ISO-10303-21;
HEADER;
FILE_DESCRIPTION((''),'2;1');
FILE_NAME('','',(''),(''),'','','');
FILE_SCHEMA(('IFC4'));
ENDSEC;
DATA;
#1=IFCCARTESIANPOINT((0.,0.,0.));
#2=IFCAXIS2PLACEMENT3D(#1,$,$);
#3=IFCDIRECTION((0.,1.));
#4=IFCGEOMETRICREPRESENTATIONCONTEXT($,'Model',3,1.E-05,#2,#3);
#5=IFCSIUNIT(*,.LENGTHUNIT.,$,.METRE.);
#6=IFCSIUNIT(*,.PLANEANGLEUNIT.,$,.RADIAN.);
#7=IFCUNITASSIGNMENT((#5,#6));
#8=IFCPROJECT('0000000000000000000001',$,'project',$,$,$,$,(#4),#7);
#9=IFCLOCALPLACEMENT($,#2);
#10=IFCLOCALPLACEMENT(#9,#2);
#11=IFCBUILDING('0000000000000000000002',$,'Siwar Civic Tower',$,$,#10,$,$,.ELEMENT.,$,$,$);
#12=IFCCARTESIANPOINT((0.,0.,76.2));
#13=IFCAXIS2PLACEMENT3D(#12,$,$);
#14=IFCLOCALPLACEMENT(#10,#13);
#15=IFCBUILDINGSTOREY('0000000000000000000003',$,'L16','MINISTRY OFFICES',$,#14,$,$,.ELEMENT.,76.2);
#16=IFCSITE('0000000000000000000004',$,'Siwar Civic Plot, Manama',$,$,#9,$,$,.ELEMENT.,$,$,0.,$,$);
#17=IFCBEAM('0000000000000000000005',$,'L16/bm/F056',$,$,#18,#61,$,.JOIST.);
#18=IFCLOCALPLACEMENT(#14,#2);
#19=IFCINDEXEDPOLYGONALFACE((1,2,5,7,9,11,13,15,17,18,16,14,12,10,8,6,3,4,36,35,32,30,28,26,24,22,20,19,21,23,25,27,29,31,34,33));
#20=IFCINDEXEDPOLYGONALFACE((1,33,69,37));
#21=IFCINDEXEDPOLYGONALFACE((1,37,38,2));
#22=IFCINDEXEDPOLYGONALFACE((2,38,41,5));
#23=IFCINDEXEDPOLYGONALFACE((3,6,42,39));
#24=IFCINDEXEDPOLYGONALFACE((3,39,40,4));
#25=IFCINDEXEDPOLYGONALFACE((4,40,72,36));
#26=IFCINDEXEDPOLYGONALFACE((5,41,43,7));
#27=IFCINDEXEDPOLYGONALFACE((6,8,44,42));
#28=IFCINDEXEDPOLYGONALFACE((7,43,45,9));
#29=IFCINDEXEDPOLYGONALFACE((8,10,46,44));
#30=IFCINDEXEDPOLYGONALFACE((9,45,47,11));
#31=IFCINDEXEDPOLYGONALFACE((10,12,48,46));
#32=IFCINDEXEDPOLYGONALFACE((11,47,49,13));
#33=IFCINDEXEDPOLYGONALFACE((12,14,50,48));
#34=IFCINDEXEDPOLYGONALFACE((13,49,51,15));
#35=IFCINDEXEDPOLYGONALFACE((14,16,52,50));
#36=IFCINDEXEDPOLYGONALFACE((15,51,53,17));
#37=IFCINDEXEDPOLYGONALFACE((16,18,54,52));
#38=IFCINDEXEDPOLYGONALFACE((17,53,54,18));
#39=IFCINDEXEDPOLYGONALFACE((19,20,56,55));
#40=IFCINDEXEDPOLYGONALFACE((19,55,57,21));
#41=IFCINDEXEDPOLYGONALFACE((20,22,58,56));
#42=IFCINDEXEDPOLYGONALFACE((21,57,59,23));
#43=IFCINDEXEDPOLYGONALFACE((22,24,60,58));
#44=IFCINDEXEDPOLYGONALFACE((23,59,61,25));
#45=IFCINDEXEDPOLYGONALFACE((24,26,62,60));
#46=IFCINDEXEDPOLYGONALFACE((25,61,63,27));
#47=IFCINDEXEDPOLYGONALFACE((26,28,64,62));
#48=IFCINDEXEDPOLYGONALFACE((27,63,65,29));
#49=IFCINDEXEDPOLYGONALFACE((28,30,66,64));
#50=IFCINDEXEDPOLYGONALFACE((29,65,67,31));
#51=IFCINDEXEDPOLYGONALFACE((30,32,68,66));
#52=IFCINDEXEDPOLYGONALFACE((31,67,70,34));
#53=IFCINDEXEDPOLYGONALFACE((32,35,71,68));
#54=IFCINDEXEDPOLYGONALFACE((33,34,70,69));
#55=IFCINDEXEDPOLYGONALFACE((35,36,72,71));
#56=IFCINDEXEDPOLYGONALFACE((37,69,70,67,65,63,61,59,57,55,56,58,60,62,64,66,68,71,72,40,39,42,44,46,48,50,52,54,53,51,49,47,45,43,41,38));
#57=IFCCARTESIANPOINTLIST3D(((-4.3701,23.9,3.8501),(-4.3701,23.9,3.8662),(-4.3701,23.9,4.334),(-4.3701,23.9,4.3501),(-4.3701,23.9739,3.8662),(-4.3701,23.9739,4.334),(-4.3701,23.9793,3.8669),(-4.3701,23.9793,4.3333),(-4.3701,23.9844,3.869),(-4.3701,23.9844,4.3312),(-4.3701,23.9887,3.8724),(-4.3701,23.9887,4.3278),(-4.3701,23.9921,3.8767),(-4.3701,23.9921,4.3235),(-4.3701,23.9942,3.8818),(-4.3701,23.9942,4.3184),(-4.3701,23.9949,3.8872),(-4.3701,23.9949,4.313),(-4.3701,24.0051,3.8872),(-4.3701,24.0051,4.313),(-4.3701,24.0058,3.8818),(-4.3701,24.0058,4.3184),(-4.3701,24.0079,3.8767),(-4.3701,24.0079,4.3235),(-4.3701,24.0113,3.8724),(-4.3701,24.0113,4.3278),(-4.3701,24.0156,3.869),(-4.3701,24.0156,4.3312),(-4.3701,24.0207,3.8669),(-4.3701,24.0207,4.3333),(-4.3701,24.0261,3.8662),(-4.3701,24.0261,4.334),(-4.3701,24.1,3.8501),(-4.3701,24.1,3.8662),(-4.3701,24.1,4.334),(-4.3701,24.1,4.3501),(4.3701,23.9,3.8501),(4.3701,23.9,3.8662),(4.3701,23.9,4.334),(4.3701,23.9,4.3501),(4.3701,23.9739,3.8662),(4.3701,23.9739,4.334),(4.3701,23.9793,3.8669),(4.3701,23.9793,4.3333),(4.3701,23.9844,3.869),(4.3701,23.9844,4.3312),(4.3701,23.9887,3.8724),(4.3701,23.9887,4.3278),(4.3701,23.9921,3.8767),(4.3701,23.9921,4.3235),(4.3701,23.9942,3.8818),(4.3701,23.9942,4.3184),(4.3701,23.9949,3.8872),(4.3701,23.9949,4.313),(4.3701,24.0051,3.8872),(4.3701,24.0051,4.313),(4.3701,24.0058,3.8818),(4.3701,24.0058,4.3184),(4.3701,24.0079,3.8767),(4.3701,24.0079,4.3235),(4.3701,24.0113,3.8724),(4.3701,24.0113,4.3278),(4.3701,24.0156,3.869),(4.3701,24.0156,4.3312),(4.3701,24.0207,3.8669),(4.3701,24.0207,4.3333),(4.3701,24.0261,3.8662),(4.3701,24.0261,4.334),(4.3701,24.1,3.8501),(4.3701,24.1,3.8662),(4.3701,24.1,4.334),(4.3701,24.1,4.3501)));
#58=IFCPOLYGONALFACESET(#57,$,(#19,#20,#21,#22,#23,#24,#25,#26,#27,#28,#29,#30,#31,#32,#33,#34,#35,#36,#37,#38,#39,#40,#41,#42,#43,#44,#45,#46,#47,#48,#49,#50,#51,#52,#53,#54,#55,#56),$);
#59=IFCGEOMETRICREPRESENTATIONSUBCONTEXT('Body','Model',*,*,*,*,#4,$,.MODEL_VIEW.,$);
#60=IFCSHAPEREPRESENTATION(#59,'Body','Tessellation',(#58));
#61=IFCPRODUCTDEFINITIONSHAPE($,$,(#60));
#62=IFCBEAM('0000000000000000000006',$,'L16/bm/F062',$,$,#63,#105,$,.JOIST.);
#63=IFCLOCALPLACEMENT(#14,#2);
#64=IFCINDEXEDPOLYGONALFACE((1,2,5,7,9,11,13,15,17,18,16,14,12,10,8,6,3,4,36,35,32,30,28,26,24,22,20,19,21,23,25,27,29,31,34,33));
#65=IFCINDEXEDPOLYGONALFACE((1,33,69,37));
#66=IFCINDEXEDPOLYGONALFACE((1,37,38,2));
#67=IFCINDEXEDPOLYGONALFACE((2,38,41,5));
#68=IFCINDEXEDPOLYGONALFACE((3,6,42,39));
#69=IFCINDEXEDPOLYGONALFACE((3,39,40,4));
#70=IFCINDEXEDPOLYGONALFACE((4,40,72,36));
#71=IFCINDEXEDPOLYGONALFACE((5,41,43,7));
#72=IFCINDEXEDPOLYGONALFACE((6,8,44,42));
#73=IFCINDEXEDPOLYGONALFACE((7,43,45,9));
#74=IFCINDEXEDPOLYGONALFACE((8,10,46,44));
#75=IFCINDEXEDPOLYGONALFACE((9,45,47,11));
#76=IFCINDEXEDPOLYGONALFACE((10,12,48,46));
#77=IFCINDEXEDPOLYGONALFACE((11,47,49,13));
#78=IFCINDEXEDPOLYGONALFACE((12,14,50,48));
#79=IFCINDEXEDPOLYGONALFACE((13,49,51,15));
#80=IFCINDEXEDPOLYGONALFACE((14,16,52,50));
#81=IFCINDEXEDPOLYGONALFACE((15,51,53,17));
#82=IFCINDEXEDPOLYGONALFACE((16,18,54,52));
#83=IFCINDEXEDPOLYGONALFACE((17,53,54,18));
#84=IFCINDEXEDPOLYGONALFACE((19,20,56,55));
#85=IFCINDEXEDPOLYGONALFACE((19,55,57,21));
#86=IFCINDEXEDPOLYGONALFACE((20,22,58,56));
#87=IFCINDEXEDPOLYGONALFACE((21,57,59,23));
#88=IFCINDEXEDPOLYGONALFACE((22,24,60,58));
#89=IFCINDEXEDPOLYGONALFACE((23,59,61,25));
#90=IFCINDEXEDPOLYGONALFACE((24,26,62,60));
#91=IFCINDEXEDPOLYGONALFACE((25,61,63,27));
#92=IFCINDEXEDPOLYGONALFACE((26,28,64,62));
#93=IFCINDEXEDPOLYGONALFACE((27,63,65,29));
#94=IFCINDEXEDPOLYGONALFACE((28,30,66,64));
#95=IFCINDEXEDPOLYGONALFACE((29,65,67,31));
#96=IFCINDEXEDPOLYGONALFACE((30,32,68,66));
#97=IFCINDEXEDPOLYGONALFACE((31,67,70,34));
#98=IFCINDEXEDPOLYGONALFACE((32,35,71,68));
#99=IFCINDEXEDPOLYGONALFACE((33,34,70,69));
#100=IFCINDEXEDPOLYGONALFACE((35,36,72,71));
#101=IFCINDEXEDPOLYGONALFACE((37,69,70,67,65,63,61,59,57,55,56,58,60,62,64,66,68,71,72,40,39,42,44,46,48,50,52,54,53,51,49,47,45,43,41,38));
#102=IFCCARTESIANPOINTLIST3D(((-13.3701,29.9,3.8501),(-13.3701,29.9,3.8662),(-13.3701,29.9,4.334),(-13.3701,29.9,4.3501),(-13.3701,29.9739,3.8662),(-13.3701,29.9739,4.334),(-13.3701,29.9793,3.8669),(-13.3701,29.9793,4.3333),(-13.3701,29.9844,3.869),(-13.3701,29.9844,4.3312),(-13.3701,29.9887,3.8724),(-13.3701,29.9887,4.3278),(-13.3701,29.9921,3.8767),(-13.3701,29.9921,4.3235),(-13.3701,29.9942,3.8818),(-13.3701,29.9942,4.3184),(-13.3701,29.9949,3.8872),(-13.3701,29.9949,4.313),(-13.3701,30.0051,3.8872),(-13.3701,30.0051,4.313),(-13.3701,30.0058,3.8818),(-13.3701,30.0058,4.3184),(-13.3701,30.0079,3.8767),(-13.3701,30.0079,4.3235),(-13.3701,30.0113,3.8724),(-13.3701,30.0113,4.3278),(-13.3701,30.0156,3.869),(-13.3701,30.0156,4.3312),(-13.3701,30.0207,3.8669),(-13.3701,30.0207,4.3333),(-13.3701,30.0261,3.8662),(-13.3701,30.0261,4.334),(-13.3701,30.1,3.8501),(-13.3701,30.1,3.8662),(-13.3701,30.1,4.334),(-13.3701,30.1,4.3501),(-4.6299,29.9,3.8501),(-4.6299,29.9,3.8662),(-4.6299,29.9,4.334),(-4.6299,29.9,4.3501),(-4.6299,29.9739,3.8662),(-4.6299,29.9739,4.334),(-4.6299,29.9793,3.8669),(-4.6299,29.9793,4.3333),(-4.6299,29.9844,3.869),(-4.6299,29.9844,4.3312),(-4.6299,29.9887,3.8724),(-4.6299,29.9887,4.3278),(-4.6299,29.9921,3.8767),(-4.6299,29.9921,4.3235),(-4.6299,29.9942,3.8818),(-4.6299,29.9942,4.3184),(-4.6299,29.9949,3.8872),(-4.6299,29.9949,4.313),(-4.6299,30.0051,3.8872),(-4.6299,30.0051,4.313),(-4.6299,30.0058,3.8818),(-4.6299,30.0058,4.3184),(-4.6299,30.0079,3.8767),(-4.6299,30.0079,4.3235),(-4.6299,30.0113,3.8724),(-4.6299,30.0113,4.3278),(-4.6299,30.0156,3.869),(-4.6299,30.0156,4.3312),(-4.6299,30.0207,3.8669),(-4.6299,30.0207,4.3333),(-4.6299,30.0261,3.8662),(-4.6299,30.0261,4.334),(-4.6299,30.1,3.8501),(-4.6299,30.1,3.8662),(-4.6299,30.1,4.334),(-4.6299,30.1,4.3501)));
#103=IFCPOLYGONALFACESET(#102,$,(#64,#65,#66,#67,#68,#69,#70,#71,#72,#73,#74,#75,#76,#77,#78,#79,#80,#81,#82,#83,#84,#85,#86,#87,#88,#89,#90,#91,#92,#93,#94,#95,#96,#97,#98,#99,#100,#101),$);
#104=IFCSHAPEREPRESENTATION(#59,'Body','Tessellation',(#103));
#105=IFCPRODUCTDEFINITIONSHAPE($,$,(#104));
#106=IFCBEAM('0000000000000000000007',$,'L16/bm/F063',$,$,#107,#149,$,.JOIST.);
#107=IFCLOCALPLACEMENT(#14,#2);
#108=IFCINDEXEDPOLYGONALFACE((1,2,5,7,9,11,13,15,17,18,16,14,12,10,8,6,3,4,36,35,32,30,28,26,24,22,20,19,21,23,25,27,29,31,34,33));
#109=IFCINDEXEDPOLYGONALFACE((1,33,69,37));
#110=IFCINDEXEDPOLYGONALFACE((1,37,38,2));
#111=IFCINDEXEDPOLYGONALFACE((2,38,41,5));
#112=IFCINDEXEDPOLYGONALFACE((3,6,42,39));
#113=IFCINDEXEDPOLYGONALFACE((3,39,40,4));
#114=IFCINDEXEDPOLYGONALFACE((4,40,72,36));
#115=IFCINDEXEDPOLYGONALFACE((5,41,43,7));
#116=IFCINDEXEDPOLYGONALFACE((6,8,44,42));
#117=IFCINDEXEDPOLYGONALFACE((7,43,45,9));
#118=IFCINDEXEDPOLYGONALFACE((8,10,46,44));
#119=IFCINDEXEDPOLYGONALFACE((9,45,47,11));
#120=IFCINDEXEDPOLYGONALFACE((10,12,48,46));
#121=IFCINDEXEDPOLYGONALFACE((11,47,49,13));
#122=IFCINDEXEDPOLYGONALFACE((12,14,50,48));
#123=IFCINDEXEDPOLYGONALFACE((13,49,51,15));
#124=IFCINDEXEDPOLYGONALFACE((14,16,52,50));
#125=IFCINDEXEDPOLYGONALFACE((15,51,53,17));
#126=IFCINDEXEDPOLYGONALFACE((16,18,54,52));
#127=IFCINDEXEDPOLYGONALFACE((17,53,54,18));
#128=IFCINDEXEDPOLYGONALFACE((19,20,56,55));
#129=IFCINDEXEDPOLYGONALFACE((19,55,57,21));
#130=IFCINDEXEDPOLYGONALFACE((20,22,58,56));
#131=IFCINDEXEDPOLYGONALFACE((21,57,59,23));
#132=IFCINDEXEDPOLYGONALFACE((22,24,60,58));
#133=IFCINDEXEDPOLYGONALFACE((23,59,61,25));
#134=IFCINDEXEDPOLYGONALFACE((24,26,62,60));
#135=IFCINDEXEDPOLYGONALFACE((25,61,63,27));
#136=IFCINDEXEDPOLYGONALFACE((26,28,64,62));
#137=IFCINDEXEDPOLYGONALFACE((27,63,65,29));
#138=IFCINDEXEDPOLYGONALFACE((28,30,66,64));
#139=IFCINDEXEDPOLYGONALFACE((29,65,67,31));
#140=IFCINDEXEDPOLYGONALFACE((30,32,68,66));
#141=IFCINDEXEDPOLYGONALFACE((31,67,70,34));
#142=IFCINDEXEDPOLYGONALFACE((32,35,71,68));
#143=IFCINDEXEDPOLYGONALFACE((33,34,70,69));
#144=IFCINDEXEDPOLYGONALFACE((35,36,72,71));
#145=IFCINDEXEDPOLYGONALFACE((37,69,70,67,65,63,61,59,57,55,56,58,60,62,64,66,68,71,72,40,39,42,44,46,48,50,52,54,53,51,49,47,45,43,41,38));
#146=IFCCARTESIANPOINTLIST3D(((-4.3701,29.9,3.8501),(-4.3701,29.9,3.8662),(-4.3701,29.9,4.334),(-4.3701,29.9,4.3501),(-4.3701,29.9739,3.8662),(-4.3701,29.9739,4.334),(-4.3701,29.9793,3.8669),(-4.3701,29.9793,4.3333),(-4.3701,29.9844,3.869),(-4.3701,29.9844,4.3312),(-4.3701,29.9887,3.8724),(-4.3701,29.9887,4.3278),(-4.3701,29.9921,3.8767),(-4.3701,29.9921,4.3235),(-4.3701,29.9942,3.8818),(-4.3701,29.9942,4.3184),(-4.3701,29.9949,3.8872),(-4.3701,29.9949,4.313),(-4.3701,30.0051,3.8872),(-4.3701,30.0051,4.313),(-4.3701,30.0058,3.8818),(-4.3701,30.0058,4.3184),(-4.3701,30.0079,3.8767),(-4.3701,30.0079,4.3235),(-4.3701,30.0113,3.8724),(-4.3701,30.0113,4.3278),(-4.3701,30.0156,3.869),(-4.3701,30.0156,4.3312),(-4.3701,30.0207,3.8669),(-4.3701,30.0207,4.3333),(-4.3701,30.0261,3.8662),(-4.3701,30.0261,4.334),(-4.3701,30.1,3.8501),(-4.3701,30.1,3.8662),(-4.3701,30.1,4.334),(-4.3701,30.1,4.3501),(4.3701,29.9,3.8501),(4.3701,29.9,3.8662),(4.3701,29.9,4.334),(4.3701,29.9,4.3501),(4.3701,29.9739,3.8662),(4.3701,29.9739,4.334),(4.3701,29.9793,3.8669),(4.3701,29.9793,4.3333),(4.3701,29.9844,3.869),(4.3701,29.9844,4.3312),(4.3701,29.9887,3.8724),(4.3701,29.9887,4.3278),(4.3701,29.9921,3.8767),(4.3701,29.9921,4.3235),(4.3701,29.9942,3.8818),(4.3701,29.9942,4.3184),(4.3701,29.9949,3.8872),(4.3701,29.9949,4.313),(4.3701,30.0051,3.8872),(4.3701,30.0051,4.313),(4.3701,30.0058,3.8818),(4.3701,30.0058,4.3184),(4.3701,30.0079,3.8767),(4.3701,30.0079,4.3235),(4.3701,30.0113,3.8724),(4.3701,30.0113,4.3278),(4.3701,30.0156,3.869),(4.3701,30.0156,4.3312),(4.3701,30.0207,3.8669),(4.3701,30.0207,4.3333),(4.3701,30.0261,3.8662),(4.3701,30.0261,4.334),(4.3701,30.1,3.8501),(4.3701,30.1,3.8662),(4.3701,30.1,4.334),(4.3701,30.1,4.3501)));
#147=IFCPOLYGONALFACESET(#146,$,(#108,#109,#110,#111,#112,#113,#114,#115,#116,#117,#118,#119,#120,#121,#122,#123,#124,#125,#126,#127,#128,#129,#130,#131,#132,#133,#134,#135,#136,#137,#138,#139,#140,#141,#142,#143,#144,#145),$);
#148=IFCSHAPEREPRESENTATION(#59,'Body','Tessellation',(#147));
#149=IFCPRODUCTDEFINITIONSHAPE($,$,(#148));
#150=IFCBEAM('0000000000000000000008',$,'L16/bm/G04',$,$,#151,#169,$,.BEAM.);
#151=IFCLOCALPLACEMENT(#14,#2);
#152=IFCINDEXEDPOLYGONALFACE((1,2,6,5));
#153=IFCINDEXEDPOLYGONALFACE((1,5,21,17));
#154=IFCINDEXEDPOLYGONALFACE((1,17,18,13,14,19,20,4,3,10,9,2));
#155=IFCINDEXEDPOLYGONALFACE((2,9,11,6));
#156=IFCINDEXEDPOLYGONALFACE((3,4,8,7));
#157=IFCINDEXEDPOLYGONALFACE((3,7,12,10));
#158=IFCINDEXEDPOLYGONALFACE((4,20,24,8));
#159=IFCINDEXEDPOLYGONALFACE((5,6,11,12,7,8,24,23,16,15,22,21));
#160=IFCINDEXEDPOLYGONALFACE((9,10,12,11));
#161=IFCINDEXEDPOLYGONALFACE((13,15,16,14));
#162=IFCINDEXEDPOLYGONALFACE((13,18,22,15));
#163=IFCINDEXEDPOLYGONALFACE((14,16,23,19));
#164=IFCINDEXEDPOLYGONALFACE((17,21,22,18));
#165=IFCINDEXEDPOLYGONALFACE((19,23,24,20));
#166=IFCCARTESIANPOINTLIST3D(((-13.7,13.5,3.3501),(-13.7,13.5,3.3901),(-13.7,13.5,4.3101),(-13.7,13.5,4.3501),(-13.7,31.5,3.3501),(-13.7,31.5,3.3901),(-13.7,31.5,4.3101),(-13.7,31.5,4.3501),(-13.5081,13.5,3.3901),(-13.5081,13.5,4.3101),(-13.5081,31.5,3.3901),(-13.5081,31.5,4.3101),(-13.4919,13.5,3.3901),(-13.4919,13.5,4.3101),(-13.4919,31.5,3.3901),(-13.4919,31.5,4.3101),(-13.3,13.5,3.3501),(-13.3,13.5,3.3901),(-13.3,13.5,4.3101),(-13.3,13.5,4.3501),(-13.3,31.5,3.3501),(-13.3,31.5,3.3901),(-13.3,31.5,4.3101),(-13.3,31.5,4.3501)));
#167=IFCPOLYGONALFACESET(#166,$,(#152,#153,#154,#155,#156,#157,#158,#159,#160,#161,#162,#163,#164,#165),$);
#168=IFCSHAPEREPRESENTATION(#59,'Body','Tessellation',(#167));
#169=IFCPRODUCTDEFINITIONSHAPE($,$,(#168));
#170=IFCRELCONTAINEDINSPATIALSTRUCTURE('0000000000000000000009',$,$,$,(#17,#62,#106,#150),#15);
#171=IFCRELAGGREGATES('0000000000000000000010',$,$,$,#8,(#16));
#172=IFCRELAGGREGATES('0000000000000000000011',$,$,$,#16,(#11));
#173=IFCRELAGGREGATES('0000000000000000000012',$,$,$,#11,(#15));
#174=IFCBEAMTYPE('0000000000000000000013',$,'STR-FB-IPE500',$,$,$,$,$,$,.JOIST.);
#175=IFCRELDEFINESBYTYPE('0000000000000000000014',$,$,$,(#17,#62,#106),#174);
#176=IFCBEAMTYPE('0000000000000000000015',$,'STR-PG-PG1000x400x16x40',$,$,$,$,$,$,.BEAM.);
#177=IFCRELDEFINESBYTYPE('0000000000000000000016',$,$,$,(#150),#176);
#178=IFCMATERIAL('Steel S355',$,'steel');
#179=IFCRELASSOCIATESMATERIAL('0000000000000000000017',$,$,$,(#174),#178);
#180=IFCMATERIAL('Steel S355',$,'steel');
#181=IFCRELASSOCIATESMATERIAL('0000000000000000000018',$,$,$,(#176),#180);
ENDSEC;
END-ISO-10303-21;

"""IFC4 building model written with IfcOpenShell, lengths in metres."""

from ifc_helpers import new_model, si_unit, direction, frame, origin, origin_2d, place, context, subcontext, project, spatial, i_section, extrude, material, material_profile, profile_set, type_object, element, save


model = new_model("IFC4")

# Units and contexts
model_context = context("Model", 3, precision=1e-05, world=origin(), true_north=direction((0.0, 1.0)))
body_context = subcontext(model_context, "Body", "Model", "MODEL_VIEW")
ifc_project = project(units=[si_unit("LENGTHUNIT", "METRE"), si_unit("PLANEANGLEUNIT", "RADIAN")], contexts=[model_context])

# Site, building, storey
site_placement = place(None, origin())
site = spatial("IfcSite", under=ifc_project, at=site_placement, Name="Siwar Civic Plot, Manama", CompositionType="ELEMENT", RefElevation=0.0)
building_placement = place(site_placement, origin())
building = spatial("IfcBuilding", under=site, at=building_placement, Name="Siwar Civic Tower", CompositionType="ELEMENT")
storey_placement = place(building_placement, frame((0.0, 0.0, 76.2)))
storey = spatial("IfcBuildingStorey", under=building, at=storey_placement, Name="L16", Description="MINISTRY OFFICES", CompositionType="ELEMENT", Elevation=76.2)

# Beams
ifc_material_1 = material(Name="Steel S355", Category="steel")
ifc_material_profile_1 = material_profile(ifc_material_1, i_section(OverallWidth=0.2, OverallDepth=0.5, WebThickness=0.0103, FlangeThickness=0.0161, FilletRadius=0.021, at=origin_2d()), Name="IPE500")
ifc_profile_set_1 = profile_set([ifc_material_profile_1], Name="Steel S355")
beam_type_1 = type_object("IfcBeamType", Name="STR-FB-IPE500", PredefinedType="JOIST", material=ifc_profile_set_1)
for number, where, z_axis, x_axis, name in (
    (1, (-4.3701, 24.0, 4.1001), (1.0, 0.0, 0.0), (0.0, 1.0, 0.0), "L16/bm/F056"),
    (2, (-13.3701, 30.0, 4.1001), (1.0, 0.0, 0.0), (0.0, 1.0, 0.0), "L16/bm/F062"),
    (3, (-4.3701, 30.0, 4.1001), (1.0, 0.0, 0.0), (0.0, 1.0, 0.0), "L16/bm/F063"),
):
    element("IfcBeam", number, at=place(storey_placement, frame(where, z_axis=z_axis, x_axis=x_axis)), inside=storey, type_object=beam_type_1, Name=name, PredefinedType="JOIST", context=body_context, shape_type="SweptSolid", body=[
        extrude(i_section(OverallWidth=0.2, OverallDepth=0.5, WebThickness=0.0103, FlangeThickness=0.0161, FilletRadius=0.021, at=origin_2d()), origin(), (0.0, 0.0, 1.0), 8.7402),
    ])
ifc_material_2 = material(Name="Steel S355", Category="steel")
ifc_material_profile_2 = material_profile(ifc_material_2, i_section(OverallWidth=0.3999, OverallDepth=1.0, WebThickness=0.0161, FlangeThickness=0.04, at=origin_2d()), Name="PG1000x400x16x40")
ifc_profile_set_2 = profile_set([ifc_material_profile_2], Name="Steel S355")
beam_type_2 = type_object("IfcBeamType", Name="STR-PG-PG1000x400x16x40", PredefinedType="BEAM", material=ifc_profile_set_2)
beam_1_placement = place(storey_placement, frame((-13.5, 13.5, 3.8501), z_axis=(0.0, 1.0, 0.0), x_axis=(-1.0, 0.0, 0.0)))
element("IfcBeam", 4, at=beam_1_placement, inside=storey, type_object=beam_type_2, Name="L16/bm/G04", PredefinedType="BEAM", context=body_context, shape_type="SweptSolid", body=[
    extrude(i_section(OverallWidth=0.3999, OverallDepth=1.0, WebThickness=0.0161, FlangeThickness=0.04, at=origin_2d()), origin(), (0.0, 0.0, 1.0), 18.0),
])

save(model, "model.ifc")
